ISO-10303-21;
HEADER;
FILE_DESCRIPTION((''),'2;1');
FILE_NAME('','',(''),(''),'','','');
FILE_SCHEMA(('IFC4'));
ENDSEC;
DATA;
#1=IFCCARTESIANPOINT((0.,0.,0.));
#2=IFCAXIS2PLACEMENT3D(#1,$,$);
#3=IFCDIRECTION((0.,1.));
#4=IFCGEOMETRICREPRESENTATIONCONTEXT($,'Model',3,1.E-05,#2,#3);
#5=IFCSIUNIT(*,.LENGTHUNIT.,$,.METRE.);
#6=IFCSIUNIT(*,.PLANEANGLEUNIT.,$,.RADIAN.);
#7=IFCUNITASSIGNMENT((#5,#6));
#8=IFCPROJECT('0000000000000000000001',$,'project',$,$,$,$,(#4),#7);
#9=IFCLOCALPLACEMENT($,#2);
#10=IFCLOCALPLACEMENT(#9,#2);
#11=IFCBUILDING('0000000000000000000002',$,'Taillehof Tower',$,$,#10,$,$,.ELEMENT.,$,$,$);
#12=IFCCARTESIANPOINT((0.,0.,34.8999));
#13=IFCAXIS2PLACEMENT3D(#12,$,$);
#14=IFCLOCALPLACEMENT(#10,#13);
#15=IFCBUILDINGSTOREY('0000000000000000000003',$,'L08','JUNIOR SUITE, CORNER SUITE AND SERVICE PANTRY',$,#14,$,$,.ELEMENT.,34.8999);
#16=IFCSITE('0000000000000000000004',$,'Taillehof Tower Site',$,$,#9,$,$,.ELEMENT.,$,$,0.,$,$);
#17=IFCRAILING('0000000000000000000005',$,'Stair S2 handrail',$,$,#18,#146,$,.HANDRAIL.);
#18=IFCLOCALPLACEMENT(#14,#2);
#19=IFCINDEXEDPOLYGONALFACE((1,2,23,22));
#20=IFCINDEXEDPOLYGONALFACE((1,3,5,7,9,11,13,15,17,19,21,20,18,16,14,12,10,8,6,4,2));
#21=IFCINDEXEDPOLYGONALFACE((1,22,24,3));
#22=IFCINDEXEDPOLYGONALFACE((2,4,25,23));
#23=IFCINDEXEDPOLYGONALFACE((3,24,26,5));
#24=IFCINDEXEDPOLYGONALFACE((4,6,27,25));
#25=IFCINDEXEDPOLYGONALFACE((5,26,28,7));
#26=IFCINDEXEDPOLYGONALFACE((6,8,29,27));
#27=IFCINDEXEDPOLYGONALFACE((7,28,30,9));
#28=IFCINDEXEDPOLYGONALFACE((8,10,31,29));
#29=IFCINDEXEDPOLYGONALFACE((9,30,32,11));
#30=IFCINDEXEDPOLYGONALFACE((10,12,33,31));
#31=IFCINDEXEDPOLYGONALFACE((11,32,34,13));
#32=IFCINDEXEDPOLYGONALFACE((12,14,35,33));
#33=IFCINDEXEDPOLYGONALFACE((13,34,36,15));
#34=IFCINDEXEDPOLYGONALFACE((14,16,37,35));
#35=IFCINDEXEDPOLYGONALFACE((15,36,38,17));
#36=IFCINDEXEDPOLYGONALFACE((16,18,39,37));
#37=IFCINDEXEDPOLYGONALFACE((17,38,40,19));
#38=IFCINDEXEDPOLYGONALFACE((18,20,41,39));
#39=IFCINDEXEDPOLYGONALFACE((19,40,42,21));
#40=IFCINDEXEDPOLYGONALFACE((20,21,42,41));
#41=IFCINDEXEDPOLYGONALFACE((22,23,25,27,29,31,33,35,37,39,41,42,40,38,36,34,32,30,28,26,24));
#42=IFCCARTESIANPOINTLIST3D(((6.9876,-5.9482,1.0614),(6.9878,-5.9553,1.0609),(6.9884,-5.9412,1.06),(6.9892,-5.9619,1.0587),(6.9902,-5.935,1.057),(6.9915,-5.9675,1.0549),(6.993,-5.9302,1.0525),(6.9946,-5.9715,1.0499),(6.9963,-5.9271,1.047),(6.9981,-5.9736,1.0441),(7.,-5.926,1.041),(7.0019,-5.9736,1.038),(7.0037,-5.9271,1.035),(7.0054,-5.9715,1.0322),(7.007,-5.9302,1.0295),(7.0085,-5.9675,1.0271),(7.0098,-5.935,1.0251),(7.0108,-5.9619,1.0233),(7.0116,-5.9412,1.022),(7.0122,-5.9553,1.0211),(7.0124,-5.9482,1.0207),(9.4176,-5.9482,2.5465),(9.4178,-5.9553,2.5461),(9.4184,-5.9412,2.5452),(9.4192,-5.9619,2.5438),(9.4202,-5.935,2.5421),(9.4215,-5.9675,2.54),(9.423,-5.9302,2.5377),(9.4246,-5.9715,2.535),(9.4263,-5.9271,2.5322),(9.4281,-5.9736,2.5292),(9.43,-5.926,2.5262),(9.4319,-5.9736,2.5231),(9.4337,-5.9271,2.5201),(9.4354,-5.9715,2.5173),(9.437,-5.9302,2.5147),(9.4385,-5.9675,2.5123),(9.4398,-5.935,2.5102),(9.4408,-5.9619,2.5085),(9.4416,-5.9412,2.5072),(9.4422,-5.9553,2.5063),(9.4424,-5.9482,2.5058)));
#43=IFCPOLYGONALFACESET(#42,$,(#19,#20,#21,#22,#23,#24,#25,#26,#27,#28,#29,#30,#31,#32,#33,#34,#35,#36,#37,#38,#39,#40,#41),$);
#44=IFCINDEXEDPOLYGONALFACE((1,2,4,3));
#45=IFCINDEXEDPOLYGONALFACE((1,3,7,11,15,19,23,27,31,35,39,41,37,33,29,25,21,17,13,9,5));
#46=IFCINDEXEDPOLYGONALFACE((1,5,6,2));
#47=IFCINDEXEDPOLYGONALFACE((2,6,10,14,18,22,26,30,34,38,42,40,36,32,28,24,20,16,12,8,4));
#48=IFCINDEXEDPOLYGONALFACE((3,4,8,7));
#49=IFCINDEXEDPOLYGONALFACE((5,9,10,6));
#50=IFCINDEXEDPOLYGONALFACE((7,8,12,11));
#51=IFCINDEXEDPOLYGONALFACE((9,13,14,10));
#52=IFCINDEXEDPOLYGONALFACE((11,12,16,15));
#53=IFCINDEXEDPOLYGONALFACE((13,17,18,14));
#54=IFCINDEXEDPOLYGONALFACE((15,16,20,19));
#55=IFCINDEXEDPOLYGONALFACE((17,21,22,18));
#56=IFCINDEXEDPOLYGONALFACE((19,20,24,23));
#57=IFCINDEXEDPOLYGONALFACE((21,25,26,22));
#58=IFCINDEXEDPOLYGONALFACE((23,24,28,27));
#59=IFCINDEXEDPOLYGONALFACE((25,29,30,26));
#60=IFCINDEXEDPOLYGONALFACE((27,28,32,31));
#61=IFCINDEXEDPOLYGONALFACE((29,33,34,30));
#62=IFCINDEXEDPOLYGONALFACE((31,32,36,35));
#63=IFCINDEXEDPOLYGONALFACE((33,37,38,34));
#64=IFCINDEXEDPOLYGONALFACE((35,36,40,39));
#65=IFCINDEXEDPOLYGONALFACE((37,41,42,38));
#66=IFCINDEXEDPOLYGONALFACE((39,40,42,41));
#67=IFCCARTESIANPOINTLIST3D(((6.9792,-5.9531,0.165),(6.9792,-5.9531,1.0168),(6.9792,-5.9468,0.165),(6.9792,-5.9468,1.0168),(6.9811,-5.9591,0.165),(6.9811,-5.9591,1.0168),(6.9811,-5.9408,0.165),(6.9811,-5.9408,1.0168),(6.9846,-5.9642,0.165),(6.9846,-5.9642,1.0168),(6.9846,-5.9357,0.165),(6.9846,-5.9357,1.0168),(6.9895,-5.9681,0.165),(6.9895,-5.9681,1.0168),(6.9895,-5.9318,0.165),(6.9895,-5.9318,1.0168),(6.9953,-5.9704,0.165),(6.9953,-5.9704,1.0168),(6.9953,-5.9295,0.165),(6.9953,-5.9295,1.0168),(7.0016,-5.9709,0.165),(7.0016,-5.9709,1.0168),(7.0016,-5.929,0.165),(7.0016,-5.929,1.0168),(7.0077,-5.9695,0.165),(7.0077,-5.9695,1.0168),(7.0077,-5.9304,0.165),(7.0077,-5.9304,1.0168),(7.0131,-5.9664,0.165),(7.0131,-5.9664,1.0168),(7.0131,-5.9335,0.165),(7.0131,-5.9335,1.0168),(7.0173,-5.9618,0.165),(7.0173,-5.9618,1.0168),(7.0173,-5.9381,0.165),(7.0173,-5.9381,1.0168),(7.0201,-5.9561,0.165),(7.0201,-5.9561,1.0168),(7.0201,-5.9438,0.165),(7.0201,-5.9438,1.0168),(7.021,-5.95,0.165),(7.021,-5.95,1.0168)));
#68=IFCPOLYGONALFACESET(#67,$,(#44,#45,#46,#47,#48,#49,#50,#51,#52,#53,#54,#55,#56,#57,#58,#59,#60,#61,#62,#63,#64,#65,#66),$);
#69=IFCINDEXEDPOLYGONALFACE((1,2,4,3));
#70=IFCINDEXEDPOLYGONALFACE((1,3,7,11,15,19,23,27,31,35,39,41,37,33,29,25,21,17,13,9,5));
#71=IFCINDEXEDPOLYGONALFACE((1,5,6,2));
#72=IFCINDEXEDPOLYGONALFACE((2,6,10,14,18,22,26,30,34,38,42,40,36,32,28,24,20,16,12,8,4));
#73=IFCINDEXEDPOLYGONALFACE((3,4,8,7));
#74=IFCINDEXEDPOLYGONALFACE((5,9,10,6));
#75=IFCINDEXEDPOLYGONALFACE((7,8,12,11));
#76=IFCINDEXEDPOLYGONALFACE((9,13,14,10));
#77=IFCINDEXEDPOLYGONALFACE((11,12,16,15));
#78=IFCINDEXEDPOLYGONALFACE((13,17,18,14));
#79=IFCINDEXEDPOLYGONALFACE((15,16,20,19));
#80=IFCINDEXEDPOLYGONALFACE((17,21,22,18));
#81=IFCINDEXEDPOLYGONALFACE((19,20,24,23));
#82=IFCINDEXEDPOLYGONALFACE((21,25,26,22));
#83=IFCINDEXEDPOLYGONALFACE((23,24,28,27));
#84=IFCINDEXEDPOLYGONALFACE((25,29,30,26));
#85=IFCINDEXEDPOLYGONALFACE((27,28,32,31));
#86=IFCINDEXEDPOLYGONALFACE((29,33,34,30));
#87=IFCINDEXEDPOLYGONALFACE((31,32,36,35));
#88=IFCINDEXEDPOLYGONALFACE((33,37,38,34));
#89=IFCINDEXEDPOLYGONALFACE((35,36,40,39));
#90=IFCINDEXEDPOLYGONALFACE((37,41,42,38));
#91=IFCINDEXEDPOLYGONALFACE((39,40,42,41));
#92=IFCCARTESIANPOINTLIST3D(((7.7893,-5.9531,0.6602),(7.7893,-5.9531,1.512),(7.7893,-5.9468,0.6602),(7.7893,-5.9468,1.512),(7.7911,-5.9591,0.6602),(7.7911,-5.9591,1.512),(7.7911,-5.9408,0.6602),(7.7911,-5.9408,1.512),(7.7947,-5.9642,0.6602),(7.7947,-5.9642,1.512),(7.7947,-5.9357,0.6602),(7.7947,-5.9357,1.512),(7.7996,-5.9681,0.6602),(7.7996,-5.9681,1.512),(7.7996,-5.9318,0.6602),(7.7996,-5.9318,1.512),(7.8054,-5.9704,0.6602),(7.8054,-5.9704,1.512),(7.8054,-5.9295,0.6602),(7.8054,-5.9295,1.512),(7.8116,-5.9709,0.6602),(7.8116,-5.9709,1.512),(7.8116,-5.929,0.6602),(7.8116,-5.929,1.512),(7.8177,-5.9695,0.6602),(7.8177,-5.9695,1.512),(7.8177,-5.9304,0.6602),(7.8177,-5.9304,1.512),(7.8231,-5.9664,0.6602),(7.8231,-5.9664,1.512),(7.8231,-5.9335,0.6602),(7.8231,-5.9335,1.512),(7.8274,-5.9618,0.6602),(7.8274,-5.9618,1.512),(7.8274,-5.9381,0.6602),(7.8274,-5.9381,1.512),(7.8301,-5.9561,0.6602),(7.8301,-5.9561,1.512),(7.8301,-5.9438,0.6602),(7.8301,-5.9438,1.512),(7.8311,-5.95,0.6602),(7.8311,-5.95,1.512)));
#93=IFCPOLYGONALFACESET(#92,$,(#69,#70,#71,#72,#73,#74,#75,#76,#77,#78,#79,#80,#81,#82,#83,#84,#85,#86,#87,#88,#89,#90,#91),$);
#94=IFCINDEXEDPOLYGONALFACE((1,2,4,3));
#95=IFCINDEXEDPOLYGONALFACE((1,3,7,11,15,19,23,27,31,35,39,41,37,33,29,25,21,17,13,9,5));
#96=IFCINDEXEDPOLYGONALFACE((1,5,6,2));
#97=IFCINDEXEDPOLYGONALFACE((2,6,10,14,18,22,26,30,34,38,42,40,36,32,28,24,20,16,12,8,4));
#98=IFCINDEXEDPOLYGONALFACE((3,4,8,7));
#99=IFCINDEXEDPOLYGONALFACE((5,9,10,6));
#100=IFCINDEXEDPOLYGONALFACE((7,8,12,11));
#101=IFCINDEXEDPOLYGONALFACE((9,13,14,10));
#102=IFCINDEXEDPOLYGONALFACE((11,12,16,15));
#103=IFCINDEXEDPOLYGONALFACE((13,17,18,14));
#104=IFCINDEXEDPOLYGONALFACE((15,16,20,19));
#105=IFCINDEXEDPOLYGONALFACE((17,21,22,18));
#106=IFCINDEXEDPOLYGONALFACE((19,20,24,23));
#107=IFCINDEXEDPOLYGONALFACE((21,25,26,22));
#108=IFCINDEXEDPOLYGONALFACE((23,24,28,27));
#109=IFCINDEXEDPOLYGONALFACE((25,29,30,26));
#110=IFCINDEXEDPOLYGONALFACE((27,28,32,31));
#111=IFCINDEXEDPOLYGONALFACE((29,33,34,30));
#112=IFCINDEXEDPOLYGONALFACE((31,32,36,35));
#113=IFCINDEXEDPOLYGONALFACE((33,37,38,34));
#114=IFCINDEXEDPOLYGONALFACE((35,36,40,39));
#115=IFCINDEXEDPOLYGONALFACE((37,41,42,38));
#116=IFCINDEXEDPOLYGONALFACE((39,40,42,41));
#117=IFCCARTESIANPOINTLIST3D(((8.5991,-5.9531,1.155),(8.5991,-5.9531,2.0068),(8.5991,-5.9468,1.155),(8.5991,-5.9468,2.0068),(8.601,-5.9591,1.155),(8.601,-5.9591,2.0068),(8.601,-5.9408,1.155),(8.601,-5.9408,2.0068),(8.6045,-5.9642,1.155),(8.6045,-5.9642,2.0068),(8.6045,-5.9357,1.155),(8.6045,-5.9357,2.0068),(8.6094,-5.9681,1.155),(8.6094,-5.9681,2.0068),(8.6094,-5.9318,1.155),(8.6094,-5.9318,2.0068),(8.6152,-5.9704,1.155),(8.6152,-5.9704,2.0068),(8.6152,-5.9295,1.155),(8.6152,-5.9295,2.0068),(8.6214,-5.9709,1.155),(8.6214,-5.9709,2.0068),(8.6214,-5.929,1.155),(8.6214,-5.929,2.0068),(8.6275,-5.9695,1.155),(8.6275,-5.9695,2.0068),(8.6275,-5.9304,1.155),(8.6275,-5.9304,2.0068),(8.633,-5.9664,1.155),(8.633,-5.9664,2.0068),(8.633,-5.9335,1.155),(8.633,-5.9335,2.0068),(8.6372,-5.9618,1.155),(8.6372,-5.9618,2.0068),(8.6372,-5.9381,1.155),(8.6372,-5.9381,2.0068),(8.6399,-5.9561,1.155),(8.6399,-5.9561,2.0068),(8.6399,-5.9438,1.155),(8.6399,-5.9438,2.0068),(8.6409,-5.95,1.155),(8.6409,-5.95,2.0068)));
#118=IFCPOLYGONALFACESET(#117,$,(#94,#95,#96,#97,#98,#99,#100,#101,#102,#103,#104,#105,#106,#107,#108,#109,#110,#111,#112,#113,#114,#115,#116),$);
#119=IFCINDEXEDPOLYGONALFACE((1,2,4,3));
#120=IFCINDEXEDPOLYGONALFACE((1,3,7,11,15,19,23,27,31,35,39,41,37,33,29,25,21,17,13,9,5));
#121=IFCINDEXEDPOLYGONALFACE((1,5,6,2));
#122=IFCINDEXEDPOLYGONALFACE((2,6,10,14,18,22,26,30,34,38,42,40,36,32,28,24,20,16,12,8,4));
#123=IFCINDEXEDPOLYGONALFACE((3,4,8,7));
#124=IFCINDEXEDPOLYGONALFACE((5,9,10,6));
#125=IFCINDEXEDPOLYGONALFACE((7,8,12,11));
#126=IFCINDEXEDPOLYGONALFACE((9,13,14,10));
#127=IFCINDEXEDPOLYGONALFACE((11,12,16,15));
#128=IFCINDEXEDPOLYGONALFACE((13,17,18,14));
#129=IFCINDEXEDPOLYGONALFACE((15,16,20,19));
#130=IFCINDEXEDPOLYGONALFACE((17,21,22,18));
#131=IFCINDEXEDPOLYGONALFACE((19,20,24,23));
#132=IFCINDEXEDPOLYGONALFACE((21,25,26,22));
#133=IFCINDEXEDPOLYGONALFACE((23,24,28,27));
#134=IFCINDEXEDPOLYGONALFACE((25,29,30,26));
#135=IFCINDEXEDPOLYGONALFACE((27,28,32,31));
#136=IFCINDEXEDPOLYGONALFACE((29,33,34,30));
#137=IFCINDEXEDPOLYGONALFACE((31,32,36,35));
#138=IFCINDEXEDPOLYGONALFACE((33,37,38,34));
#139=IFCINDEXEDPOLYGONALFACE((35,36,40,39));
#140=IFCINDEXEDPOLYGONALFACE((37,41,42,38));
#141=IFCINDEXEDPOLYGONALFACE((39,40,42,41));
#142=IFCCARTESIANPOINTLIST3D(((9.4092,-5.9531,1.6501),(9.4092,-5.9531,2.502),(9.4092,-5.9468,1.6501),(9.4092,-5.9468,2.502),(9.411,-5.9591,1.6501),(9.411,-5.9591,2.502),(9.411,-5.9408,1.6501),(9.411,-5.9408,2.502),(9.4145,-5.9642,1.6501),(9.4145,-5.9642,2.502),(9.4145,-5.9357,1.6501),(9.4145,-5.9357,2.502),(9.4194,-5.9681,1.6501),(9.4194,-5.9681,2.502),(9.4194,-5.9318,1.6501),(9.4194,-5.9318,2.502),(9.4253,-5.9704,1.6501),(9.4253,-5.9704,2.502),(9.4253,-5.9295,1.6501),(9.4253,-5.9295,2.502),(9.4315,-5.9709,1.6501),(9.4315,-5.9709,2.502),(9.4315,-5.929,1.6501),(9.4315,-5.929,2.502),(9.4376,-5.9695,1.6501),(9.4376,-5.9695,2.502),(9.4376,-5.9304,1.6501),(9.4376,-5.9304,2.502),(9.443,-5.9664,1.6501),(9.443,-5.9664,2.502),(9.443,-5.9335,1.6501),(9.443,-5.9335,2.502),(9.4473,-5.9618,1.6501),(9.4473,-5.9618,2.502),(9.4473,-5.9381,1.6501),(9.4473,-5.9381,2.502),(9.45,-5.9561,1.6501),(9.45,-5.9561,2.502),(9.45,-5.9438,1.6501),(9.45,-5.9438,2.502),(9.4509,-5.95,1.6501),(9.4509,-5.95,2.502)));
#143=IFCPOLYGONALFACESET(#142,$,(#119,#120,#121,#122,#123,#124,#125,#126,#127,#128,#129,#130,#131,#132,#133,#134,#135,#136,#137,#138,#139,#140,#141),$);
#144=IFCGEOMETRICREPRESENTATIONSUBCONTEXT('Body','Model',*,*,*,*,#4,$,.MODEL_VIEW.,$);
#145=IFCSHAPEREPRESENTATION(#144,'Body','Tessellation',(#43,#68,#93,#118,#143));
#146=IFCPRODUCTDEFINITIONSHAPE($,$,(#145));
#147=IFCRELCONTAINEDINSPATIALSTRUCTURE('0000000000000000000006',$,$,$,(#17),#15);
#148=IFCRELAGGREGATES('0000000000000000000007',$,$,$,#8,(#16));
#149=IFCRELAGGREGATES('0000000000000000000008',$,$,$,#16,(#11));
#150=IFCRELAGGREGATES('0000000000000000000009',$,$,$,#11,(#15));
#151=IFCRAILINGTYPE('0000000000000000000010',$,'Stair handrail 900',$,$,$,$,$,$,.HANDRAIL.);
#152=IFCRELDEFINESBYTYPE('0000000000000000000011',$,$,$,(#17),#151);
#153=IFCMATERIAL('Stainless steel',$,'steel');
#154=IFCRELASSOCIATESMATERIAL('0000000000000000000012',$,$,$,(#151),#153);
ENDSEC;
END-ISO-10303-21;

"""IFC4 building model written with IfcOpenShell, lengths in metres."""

from ifc_helpers import new_model, si_unit, direction, frame, origin, origin_2d, place, context, subcontext, project, spatial, circle, extrude, material, type_object, element, save


model = new_model("IFC4")

# Units and contexts
model_context = context("Model", 3, precision=1e-05, world=origin(), true_north=direction((0.0, 1.0)))
body_context = subcontext(model_context, "Body", "Model", "MODEL_VIEW")
ifc_project = project(units=[si_unit("LENGTHUNIT", "METRE"), si_unit("PLANEANGLEUNIT", "RADIAN")], contexts=[model_context])

# Site, building, storey
site_placement = place(None, origin())
site = spatial("IfcSite", under=ifc_project, at=site_placement, Name="Taillehof Tower Site", CompositionType="ELEMENT", RefElevation=0.0)
building_placement = place(site_placement, origin())
building = spatial("IfcBuilding", under=site, at=building_placement, Name="Taillehof Tower", CompositionType="ELEMENT")
storey_placement = place(building_placement, frame((0.0, 0.0, 34.8999)))
storey = spatial("IfcBuildingStorey", under=building, at=storey_placement, Name="L08", Description="JUNIOR SUITE, CORNER SUITE AND SERVICE PANTRY", CompositionType="ELEMENT", Elevation=34.8999)

# Railing
ifc_material_1 = material(Name="Stainless steel", Category="steel")
railing_type = type_object("IfcRailingType", Name="Stair handrail 900", PredefinedType="HANDRAIL", material=ifc_material_1)
railing_1_placement = place(storey_placement, frame((7.0, -5.95, 0.165)))
element("IfcRailing", 1, at=railing_1_placement, inside=storey, type_object=railing_type, Name="Stair S2 handrail", PredefinedType="HANDRAIL", context=body_context, shape_type="SweptSolid", body=[
    extrude(circle(Radius=0.0239, at=origin_2d()), frame((0.0, 0.0, 0.876), z_axis=(0.853259, 0.0, 0.521488), x_axis=(0.0, 1.0, 0.0)), (0.0, 0.0, 1.0), 2.8479),
    extrude(circle(Radius=0.021, at=origin_2d()), origin(), (0.0, 0.0, 1.0), 0.8518),
    extrude(circle(Radius=0.021, at=origin_2d()), frame((0.8101, 0.0, 0.4951)), (0.0, 0.0, 1.0), 0.8518),
    extrude(circle(Radius=0.021, at=origin_2d()), frame((1.6199, 0.0, 0.99)), (0.0, 0.0, 1.0), 0.8518),
    extrude(circle(Radius=0.021, at=origin_2d()), frame((2.4299, 0.0, 1.4851)), (0.0, 0.0, 1.0), 0.8518),
])

save(model, "model.ifc")
